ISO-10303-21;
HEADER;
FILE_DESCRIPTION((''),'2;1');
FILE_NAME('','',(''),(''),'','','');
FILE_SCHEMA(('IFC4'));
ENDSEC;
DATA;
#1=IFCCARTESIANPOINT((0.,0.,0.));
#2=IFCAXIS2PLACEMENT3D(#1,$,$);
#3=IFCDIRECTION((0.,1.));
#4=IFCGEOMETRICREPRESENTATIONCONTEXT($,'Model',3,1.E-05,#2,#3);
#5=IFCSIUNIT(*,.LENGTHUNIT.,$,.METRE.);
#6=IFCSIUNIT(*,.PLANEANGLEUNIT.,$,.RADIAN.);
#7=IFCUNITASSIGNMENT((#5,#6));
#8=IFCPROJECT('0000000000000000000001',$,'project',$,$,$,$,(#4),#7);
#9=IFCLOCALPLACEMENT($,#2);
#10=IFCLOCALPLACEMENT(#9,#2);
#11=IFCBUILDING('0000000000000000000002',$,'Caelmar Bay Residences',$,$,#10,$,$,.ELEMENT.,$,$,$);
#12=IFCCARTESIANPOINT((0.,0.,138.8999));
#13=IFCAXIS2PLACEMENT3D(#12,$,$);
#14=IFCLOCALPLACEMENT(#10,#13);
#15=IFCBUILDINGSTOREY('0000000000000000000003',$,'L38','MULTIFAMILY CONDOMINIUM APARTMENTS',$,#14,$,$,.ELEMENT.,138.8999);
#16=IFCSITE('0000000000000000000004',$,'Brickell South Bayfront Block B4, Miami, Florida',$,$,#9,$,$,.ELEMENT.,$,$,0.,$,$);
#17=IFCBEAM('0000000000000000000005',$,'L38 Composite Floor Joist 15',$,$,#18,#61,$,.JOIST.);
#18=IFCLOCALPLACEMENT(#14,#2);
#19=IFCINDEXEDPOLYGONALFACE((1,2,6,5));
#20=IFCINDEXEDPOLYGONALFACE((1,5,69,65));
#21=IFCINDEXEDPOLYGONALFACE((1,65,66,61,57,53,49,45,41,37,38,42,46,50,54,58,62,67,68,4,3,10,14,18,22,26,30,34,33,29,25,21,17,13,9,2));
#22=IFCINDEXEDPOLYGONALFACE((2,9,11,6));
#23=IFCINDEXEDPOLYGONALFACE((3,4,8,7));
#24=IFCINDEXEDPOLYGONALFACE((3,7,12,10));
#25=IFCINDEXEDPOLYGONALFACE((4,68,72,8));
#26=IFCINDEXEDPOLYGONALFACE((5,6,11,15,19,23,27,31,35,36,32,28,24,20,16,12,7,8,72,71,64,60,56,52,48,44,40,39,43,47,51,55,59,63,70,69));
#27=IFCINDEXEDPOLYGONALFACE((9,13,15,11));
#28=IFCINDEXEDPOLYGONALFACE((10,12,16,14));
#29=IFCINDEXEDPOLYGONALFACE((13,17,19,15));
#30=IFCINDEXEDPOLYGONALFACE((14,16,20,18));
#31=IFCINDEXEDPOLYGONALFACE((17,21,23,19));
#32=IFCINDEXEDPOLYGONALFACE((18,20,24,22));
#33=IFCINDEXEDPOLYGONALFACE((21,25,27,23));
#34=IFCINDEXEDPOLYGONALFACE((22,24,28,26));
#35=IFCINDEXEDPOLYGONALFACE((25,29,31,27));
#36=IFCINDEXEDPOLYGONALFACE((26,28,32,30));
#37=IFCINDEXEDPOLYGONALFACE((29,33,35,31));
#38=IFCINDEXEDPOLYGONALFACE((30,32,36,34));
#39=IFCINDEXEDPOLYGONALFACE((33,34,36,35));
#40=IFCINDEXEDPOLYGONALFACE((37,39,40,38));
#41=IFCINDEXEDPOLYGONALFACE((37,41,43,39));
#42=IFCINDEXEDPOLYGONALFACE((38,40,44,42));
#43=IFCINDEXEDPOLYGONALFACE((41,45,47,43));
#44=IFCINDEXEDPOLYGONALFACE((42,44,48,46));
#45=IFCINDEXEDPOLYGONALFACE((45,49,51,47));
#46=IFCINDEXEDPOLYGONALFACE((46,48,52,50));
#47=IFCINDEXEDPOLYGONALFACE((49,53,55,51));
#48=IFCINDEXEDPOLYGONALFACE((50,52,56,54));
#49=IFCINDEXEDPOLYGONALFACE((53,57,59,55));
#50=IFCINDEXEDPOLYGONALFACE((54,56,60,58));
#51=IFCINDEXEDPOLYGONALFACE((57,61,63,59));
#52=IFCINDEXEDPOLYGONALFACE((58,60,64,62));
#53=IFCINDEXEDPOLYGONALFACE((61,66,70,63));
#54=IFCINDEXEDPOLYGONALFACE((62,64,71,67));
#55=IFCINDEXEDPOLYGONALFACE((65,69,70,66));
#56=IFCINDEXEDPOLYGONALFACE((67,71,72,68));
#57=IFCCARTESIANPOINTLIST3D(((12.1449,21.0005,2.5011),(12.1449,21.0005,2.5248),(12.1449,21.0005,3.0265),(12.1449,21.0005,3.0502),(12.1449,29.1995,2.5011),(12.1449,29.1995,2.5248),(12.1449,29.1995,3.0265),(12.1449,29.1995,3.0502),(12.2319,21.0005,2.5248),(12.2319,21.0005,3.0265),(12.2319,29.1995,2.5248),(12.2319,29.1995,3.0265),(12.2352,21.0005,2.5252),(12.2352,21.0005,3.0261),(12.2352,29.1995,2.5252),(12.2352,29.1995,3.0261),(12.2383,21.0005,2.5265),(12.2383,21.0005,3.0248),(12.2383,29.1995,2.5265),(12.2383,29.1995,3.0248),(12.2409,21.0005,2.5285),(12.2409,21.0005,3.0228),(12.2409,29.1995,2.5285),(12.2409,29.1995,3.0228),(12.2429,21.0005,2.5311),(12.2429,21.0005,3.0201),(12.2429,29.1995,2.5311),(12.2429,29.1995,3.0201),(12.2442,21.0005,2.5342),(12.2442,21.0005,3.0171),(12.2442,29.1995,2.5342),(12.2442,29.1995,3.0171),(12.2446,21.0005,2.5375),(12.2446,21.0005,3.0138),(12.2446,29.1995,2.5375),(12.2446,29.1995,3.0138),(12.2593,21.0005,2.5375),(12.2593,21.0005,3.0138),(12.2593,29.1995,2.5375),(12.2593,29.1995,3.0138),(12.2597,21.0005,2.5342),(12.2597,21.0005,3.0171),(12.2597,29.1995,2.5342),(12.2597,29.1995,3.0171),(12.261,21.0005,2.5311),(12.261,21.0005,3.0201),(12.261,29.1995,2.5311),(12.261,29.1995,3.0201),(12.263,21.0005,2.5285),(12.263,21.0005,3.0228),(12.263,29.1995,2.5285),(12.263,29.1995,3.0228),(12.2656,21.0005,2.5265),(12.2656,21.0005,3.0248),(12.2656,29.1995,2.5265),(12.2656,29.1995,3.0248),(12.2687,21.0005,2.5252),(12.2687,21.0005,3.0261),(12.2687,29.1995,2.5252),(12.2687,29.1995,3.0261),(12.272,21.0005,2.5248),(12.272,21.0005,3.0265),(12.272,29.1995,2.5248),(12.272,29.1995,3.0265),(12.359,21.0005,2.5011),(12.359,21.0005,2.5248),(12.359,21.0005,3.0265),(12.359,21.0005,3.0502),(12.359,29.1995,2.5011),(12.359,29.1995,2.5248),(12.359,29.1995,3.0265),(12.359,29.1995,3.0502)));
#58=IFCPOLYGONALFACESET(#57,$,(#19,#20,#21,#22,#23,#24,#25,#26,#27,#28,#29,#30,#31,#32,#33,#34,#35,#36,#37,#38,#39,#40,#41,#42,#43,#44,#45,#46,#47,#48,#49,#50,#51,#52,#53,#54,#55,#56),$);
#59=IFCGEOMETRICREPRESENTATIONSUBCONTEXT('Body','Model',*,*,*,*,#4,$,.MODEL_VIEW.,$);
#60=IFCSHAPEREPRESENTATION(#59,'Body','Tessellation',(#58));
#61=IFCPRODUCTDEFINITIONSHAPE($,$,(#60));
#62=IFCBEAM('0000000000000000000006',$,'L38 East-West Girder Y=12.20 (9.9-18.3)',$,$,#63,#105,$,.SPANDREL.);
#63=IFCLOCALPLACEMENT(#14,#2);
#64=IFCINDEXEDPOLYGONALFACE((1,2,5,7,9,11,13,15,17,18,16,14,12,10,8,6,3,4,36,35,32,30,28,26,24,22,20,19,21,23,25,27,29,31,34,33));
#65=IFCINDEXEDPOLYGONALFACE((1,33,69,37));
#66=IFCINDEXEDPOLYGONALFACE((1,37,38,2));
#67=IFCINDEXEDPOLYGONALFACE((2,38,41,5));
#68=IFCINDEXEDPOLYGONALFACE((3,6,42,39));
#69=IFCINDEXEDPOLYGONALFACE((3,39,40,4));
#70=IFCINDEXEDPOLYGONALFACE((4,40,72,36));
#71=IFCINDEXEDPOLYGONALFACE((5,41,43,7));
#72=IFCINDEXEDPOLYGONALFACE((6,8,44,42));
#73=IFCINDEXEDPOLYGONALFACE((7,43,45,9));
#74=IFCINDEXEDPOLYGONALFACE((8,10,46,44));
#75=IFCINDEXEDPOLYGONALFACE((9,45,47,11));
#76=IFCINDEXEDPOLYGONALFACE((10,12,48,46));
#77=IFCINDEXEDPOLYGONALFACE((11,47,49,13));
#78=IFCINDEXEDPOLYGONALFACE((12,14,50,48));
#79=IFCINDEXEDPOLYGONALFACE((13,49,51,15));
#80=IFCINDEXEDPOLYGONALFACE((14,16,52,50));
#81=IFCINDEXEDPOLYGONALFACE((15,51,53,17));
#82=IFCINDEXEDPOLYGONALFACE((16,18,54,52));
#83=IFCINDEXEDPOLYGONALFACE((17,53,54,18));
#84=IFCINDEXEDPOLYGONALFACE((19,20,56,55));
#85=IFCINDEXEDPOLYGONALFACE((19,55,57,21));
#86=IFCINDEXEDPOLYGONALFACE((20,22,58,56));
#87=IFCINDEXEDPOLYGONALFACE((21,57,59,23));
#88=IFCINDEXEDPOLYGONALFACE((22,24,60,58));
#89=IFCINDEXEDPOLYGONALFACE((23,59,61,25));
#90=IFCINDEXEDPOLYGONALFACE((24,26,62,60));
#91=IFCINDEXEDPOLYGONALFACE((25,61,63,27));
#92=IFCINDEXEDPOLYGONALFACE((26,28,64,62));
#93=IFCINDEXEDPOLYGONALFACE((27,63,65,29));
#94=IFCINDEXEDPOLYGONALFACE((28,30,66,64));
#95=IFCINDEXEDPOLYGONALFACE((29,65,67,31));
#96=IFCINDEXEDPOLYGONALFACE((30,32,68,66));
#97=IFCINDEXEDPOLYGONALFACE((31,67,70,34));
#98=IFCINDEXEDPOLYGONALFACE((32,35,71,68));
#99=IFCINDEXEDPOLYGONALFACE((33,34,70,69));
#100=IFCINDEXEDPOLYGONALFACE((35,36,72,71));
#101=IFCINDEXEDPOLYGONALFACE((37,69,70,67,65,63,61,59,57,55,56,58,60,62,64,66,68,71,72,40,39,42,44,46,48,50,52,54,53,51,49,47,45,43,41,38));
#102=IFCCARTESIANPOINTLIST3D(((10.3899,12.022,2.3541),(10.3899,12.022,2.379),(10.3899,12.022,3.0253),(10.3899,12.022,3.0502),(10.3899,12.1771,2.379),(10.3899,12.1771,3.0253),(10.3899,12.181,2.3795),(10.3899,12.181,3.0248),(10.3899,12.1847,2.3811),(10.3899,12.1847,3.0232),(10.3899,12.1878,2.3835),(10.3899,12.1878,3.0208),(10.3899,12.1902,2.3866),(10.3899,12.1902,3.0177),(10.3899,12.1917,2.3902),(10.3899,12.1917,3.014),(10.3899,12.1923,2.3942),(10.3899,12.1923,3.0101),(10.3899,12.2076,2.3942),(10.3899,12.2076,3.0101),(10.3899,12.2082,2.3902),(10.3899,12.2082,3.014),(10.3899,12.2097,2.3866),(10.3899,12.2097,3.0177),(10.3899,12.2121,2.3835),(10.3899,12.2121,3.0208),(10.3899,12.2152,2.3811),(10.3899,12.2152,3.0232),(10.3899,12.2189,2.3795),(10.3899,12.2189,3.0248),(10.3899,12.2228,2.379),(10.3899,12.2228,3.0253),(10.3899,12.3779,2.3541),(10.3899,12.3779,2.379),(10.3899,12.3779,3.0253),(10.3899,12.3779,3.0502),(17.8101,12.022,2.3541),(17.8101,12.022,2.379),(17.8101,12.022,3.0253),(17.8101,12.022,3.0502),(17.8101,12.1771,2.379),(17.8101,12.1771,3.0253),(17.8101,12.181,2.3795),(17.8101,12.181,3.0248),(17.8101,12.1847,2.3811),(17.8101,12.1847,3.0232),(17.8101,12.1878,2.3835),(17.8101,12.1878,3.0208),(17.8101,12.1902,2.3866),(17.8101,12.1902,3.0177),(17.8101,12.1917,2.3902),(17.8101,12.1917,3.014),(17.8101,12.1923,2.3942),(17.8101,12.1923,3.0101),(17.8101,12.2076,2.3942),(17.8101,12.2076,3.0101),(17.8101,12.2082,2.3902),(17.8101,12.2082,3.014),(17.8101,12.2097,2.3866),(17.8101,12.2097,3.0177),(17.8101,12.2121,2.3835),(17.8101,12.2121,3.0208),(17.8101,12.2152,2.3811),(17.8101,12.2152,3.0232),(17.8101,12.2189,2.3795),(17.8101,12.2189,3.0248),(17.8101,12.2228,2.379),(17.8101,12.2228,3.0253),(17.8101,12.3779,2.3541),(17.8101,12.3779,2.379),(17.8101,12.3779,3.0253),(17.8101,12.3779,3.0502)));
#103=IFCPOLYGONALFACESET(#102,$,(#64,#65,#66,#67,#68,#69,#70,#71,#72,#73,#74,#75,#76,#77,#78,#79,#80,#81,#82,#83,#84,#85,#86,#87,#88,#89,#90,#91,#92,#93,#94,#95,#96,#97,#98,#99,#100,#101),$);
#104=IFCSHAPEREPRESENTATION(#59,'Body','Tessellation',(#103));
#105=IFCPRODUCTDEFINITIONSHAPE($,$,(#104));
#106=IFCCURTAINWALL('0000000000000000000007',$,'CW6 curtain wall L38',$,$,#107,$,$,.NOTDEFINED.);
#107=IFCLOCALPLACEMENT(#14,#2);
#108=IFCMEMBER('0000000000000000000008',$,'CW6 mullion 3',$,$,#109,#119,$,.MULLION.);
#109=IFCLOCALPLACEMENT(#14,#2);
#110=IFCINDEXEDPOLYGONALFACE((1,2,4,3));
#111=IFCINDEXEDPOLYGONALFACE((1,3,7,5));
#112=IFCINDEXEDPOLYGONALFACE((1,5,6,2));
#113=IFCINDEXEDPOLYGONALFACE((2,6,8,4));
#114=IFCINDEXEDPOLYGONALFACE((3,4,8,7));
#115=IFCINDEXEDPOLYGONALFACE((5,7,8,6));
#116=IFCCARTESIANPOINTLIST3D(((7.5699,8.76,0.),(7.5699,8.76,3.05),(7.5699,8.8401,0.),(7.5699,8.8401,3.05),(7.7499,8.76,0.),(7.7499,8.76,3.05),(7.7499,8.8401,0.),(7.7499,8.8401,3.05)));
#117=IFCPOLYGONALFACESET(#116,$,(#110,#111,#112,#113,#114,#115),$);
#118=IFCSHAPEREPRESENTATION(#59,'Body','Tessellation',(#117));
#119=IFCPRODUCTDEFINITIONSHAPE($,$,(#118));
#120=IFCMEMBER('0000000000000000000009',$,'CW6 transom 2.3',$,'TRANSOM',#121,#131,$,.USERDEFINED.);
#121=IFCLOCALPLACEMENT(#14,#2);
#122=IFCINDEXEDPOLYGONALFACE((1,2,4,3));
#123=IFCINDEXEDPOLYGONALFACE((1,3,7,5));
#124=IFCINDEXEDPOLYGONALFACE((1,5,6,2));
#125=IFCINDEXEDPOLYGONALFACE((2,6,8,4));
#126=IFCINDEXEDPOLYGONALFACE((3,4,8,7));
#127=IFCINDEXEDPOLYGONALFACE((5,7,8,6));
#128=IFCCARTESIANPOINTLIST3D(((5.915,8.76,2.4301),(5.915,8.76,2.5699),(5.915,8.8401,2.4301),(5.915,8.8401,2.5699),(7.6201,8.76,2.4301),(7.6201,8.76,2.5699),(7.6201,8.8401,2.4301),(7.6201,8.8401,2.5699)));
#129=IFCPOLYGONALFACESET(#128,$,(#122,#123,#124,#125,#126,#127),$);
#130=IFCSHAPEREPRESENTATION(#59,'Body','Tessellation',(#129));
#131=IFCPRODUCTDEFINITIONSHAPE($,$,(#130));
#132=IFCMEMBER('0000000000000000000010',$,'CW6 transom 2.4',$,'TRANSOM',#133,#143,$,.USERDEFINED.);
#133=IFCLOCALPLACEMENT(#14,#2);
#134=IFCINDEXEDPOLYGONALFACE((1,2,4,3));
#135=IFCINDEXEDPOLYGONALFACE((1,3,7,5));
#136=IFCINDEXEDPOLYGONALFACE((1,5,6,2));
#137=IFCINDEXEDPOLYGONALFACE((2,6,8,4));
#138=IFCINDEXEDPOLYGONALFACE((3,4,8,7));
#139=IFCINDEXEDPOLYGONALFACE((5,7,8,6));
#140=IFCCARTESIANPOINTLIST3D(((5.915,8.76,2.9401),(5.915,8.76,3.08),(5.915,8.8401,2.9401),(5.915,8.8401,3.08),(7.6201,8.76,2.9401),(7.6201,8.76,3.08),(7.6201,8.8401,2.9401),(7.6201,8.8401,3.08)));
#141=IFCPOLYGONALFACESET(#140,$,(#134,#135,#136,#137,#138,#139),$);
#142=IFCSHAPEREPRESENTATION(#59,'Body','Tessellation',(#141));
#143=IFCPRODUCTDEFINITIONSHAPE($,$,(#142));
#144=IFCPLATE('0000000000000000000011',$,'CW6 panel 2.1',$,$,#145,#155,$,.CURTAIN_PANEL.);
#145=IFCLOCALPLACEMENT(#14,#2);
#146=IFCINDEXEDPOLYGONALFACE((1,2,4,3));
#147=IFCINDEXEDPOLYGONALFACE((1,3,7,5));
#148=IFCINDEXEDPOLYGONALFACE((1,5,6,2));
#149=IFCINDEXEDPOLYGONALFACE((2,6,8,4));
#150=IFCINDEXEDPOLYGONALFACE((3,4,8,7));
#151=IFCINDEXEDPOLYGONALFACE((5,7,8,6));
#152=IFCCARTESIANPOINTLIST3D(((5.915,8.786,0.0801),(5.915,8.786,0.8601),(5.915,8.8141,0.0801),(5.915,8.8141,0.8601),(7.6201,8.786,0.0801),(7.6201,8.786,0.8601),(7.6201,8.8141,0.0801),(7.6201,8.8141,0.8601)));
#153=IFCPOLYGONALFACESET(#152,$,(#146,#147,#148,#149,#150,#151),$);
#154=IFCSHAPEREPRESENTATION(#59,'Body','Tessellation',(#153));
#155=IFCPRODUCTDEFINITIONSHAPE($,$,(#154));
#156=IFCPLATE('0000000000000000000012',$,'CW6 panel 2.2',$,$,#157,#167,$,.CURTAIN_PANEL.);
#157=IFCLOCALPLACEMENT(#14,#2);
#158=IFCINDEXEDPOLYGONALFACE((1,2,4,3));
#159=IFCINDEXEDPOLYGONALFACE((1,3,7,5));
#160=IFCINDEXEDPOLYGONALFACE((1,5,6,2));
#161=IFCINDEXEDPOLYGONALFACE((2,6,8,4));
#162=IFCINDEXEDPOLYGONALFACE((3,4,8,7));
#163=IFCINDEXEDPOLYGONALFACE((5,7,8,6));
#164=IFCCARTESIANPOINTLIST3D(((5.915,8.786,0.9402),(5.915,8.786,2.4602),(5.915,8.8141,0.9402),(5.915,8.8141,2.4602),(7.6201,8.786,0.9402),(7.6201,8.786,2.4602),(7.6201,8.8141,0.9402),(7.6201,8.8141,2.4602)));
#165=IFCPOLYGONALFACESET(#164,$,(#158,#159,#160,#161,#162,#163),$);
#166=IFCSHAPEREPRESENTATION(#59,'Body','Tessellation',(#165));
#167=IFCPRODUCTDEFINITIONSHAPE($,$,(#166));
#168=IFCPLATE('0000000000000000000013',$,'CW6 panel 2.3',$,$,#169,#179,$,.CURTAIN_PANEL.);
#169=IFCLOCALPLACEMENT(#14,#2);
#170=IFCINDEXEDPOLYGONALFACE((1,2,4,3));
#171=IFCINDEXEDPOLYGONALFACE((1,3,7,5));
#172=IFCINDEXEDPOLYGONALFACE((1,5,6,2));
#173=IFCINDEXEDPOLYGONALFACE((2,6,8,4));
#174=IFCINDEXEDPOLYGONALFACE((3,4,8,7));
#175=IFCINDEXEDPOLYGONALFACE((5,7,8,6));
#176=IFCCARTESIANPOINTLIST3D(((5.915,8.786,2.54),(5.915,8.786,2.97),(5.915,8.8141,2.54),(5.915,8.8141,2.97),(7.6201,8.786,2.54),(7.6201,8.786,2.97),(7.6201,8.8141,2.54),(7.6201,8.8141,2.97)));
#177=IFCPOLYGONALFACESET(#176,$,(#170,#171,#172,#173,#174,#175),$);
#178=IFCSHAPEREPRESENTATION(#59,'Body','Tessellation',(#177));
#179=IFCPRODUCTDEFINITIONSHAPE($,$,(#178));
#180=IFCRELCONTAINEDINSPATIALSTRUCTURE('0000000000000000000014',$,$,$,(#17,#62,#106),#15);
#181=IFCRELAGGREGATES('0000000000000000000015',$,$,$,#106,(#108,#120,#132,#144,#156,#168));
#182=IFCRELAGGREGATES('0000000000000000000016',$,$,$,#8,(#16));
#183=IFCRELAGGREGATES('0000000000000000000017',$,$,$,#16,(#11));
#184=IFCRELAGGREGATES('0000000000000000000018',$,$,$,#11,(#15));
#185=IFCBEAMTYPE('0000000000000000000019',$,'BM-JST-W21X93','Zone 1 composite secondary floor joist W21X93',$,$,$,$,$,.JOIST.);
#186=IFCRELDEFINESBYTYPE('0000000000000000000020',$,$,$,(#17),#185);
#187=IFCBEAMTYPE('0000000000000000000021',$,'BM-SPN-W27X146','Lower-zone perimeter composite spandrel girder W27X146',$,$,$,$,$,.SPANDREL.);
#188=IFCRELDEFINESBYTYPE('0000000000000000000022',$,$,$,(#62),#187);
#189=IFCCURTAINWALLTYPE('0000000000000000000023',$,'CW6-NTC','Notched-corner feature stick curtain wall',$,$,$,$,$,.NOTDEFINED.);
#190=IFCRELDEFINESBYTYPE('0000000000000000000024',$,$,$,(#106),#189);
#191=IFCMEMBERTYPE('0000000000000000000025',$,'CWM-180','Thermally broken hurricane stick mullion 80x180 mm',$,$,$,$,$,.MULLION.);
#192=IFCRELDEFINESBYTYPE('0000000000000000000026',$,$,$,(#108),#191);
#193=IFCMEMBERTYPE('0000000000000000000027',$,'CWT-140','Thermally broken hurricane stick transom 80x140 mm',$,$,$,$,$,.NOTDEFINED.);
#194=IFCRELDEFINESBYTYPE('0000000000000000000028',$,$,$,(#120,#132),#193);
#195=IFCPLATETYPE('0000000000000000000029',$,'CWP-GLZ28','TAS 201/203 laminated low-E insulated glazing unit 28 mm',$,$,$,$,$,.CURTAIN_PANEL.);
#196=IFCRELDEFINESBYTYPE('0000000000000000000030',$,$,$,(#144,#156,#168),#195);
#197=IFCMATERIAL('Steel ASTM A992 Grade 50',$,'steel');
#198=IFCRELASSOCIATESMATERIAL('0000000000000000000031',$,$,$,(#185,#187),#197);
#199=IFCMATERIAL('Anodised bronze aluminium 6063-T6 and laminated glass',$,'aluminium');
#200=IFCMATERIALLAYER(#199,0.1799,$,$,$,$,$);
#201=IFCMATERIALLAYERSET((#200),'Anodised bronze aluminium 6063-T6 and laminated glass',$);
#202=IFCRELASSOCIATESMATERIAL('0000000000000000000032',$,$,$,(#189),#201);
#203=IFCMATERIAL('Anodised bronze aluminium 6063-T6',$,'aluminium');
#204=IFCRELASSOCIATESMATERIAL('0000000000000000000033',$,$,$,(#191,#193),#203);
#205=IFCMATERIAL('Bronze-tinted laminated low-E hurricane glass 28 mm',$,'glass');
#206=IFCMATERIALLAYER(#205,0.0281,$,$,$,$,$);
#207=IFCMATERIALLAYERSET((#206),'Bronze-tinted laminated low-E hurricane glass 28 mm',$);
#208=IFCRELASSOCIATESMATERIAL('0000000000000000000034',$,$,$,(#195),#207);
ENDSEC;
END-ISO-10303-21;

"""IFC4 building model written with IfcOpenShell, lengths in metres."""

from ifc_helpers import new_model, si_unit, direction, frame, origin, origin_2d, place, context, subcontext, project, spatial, rectangle, i_section, extrude, material, layer, layer_set, material_profile, profile_set, type_object, element, aggregate, save


model = new_model("IFC4")

# Units and contexts
model_context = context("Model", 3, precision=1e-05, world=origin(), true_north=direction((0.0, 1.0)))
body_context = subcontext(model_context, "Body", "Model", "MODEL_VIEW")
ifc_project = project(units=[si_unit("LENGTHUNIT", "METRE"), si_unit("PLANEANGLEUNIT", "RADIAN")], contexts=[model_context])

# Site, building, storey
site_placement = place(None, origin())
site = spatial("IfcSite", under=ifc_project, at=site_placement, Name="Brickell South Bayfront Block B4, Miami, Florida", CompositionType="ELEMENT", RefElevation=0.0)
building_placement = place(site_placement, origin())
building = spatial("IfcBuilding", under=site, at=building_placement, Name="Caelmar Bay Residences", CompositionType="ELEMENT")
storey_placement = place(building_placement, frame((0.0, 0.0, 138.8999)))
storey = spatial("IfcBuildingStorey", under=building, at=storey_placement, Name="L38", Description="MULTIFAMILY CONDOMINIUM APARTMENTS", CompositionType="ELEMENT", Elevation=138.8999)

# Beams
ifc_material_1 = material(Name="Steel ASTM A992 Grade 50", Category="steel")
ifc_material_profile_1 = material_profile(ifc_material_1, i_section(OverallWidth=0.2141, OverallDepth=0.5491, WebThickness=0.0146, FlangeThickness=0.0237, FilletRadius=0.0127, at=origin_2d()), Name="W21X93")
ifc_profile_set_1 = profile_set([ifc_material_profile_1], Name="Steel ASTM A992 Grade 50")
beam_type_1 = type_object("IfcBeamType", Name="BM-JST-W21X93", Description="Zone 1 composite secondary floor joist W21X93", PredefinedType="JOIST", material=ifc_profile_set_1)
beam_1_placement = place(storey_placement, frame((12.252, 21.0005, 2.7756), z_axis=(0.0, 1.0, 0.0), x_axis=(-1.0, 0.0, 0.0)))
element("IfcBeam", 1, at=beam_1_placement, inside=storey, type_object=beam_type_1, Name="L38 Composite Floor Joist 15", PredefinedType="JOIST", context=body_context, shape_type="SweptSolid", body=[
    extrude(i_section(OverallWidth=0.2141, OverallDepth=0.5491, WebThickness=0.0146, FlangeThickness=0.0237, FilletRadius=0.0127, at=origin_2d()), origin(), (0.0, 0.0, 1.0), 8.199),
])
ifc_material_profile_2 = material_profile(ifc_material_1, i_section(OverallWidth=0.356, OverallDepth=0.696, WebThickness=0.0154, FlangeThickness=0.0249, FilletRadius=0.0151, at=origin_2d()), Name="W27X146")
ifc_profile_set_2 = profile_set([ifc_material_profile_2], Name="Steel ASTM A992 Grade 50")
beam_type_2 = type_object("IfcBeamType", Name="BM-SPN-W27X146", Description="Lower-zone perimeter composite spandrel girder W27X146", PredefinedType="SPANDREL", material=ifc_profile_set_2)
beam_2_placement = place(storey_placement, frame((10.3899, 12.2, 2.7021), z_axis=(1.0, 0.0, 0.0), x_axis=(0.0, 1.0, 0.0)))
element("IfcBeam", 2, at=beam_2_placement, inside=storey, type_object=beam_type_2, Name="L38 East-West Girder Y=12.20 (9.9-18.3)", PredefinedType="SPANDREL", context=body_context, shape_type="SweptSolid", body=[
    extrude(i_section(OverallWidth=0.356, OverallDepth=0.696, WebThickness=0.0154, FlangeThickness=0.0249, FilletRadius=0.0151, at=origin_2d()), origin(), (0.0, 0.0, 1.0), 7.4202),
])

# Curtain wall, members, plates
ifc_material_2 = material(Name="Anodised bronze aluminium 6063-T6 and laminated glass", Category="aluminium")
ifc_layer_1 = layer(ifc_material_2, 0.1799)
ifc_layer_set_1 = layer_set([ifc_layer_1], Name="Anodised bronze aluminium 6063-T6 and laminated glass")
curtain_wall_type = type_object("IfcCurtainWallType", Name="CW6-NTC", Description="Notched-corner feature stick curtain wall", PredefinedType="NOTDEFINED", material=ifc_layer_set_1)
curtain_wall_placement = place(storey_placement, origin())
curtain_wall = element("IfcCurtainWall", 3, at=curtain_wall_placement, inside=storey, type_object=curtain_wall_type, Name="CW6 curtain wall L38", PredefinedType="NOTDEFINED")
ifc_material_3 = material(Name="Anodised bronze aluminium 6063-T6", Category="aluminium")
ifc_material_profile_3 = material_profile(ifc_material_3, rectangle(XDim=0.0801, YDim=0.1799, at=origin_2d()), Name="CWM-80X180")
ifc_profile_set_3 = profile_set([ifc_material_profile_3], Name="Anodised bronze aluminium 6063-T6")
member_type_1 = type_object("IfcMemberType", Name="CWM-180", Description="Thermally broken hurricane stick mullion 80x180 mm", PredefinedType="MULLION", material=ifc_profile_set_3)
member_1_placement = place(storey_placement, frame((7.6599, 8.8, 0.0), z_axis=(0.0, 0.0, 1.0), x_axis=(0.0, 1.0, 0.0)))
member_1 = element("IfcMember", 4, at=member_1_placement, type_object=member_type_1, Name="CW6 mullion 3", PredefinedType="MULLION", context=body_context, shape_type="SweptSolid", body=[
    extrude(rectangle(XDim=0.0801, YDim=0.1799, at=origin_2d()), origin(), (0.0, 0.0, 1.0), 3.05),
])
ifc_material_profile_4 = material_profile(ifc_material_3, rectangle(XDim=0.0801, YDim=0.1399, at=origin_2d()), Name="CWT-80X140")
ifc_profile_set_4 = profile_set([ifc_material_profile_4], Name="Anodised bronze aluminium 6063-T6")
member_type_2 = type_object("IfcMemberType", Name="CWT-140", Description="Thermally broken hurricane stick transom 80x140 mm", PredefinedType="NOTDEFINED", material=ifc_profile_set_4)
member_2_placement = place(storey_placement, frame((5.915, 8.8, 2.5), z_axis=(1.0, 0.0, 0.0), x_axis=(0.0, 1.0, 0.0)))
member_2 = element("IfcMember", 5, at=member_2_placement, type_object=member_type_2, Name="CW6 transom 2.3", ObjectType="TRANSOM", PredefinedType="USERDEFINED", context=body_context, shape_type="SweptSolid", body=[
    extrude(rectangle(XDim=0.0801, YDim=0.1399, at=origin_2d()), origin(), (0.0, 0.0, 1.0), 1.7051),
])
member_3_placement = place(storey_placement, frame((5.915, 8.8, 3.01), z_axis=(1.0, 0.0, 0.0), x_axis=(0.0, 1.0, 0.0)))
member_3 = element("IfcMember", 6, at=member_3_placement, type_object=member_type_2, Name="CW6 transom 2.4", ObjectType="TRANSOM", PredefinedType="USERDEFINED", context=body_context, shape_type="SweptSolid", body=[
    extrude(rectangle(XDim=0.0801, YDim=0.1399, at=origin_2d()), origin(), (0.0, 0.0, 1.0), 1.7051),
])
ifc_material_4 = material(Name="Bronze-tinted laminated low-E hurricane glass 28 mm", Category="glass")
ifc_layer_2 = layer(ifc_material_4, 0.0281)
ifc_layer_set_2 = layer_set([ifc_layer_2], Name="Bronze-tinted laminated low-E hurricane glass 28 mm")
plate_type = type_object("IfcPlateType", Name="CWP-GLZ28", Description="TAS 201/203 laminated low-E insulated glazing unit 28 mm", PredefinedType="CURTAIN_PANEL", material=ifc_layer_set_2)
plate_1_placement = place(storey_placement, frame((6.7676, 8.8, 0.0801), z_axis=(0.0, 0.0, 1.0), x_axis=(1.0, 0.0, 0.0)))
plate_1 = element("IfcPlate", 7, at=plate_1_placement, type_object=plate_type, Name="CW6 panel 2.1", PredefinedType="CURTAIN_PANEL", context=body_context, shape_type="SweptSolid", body=[
    extrude(rectangle(XDim=1.7051, YDim=0.0281, at=origin_2d()), origin(), (0.0, 0.0, 1.0), 0.78),
])
plate_2_placement = place(storey_placement, frame((6.7676, 8.8, 0.9402), z_axis=(0.0, 0.0, 1.0), x_axis=(1.0, 0.0, 0.0)))
plate_2 = element("IfcPlate", 8, at=plate_2_placement, type_object=plate_type, Name="CW6 panel 2.2", PredefinedType="CURTAIN_PANEL", context=body_context, shape_type="SweptSolid", body=[
    extrude(rectangle(XDim=1.7051, YDim=0.0281, at=origin_2d()), origin(), (0.0, 0.0, 1.0), 1.52),
])
plate_3_placement = place(storey_placement, frame((6.7676, 8.8, 2.54), z_axis=(0.0, 0.0, 1.0), x_axis=(1.0, 0.0, 0.0)))
plate_3 = element("IfcPlate", 9, at=plate_3_placement, type_object=plate_type, Name="CW6 panel 2.3", PredefinedType="CURTAIN_PANEL", context=body_context, shape_type="SweptSolid", body=[
    extrude(rectangle(XDim=1.7051, YDim=0.0281, at=origin_2d()), origin(), (0.0, 0.0, 1.0), 0.4299),
])
aggregate(curtain_wall, [member_1, member_2, member_3, plate_1, plate_2, plate_3])

save(model, "model.ifc")
